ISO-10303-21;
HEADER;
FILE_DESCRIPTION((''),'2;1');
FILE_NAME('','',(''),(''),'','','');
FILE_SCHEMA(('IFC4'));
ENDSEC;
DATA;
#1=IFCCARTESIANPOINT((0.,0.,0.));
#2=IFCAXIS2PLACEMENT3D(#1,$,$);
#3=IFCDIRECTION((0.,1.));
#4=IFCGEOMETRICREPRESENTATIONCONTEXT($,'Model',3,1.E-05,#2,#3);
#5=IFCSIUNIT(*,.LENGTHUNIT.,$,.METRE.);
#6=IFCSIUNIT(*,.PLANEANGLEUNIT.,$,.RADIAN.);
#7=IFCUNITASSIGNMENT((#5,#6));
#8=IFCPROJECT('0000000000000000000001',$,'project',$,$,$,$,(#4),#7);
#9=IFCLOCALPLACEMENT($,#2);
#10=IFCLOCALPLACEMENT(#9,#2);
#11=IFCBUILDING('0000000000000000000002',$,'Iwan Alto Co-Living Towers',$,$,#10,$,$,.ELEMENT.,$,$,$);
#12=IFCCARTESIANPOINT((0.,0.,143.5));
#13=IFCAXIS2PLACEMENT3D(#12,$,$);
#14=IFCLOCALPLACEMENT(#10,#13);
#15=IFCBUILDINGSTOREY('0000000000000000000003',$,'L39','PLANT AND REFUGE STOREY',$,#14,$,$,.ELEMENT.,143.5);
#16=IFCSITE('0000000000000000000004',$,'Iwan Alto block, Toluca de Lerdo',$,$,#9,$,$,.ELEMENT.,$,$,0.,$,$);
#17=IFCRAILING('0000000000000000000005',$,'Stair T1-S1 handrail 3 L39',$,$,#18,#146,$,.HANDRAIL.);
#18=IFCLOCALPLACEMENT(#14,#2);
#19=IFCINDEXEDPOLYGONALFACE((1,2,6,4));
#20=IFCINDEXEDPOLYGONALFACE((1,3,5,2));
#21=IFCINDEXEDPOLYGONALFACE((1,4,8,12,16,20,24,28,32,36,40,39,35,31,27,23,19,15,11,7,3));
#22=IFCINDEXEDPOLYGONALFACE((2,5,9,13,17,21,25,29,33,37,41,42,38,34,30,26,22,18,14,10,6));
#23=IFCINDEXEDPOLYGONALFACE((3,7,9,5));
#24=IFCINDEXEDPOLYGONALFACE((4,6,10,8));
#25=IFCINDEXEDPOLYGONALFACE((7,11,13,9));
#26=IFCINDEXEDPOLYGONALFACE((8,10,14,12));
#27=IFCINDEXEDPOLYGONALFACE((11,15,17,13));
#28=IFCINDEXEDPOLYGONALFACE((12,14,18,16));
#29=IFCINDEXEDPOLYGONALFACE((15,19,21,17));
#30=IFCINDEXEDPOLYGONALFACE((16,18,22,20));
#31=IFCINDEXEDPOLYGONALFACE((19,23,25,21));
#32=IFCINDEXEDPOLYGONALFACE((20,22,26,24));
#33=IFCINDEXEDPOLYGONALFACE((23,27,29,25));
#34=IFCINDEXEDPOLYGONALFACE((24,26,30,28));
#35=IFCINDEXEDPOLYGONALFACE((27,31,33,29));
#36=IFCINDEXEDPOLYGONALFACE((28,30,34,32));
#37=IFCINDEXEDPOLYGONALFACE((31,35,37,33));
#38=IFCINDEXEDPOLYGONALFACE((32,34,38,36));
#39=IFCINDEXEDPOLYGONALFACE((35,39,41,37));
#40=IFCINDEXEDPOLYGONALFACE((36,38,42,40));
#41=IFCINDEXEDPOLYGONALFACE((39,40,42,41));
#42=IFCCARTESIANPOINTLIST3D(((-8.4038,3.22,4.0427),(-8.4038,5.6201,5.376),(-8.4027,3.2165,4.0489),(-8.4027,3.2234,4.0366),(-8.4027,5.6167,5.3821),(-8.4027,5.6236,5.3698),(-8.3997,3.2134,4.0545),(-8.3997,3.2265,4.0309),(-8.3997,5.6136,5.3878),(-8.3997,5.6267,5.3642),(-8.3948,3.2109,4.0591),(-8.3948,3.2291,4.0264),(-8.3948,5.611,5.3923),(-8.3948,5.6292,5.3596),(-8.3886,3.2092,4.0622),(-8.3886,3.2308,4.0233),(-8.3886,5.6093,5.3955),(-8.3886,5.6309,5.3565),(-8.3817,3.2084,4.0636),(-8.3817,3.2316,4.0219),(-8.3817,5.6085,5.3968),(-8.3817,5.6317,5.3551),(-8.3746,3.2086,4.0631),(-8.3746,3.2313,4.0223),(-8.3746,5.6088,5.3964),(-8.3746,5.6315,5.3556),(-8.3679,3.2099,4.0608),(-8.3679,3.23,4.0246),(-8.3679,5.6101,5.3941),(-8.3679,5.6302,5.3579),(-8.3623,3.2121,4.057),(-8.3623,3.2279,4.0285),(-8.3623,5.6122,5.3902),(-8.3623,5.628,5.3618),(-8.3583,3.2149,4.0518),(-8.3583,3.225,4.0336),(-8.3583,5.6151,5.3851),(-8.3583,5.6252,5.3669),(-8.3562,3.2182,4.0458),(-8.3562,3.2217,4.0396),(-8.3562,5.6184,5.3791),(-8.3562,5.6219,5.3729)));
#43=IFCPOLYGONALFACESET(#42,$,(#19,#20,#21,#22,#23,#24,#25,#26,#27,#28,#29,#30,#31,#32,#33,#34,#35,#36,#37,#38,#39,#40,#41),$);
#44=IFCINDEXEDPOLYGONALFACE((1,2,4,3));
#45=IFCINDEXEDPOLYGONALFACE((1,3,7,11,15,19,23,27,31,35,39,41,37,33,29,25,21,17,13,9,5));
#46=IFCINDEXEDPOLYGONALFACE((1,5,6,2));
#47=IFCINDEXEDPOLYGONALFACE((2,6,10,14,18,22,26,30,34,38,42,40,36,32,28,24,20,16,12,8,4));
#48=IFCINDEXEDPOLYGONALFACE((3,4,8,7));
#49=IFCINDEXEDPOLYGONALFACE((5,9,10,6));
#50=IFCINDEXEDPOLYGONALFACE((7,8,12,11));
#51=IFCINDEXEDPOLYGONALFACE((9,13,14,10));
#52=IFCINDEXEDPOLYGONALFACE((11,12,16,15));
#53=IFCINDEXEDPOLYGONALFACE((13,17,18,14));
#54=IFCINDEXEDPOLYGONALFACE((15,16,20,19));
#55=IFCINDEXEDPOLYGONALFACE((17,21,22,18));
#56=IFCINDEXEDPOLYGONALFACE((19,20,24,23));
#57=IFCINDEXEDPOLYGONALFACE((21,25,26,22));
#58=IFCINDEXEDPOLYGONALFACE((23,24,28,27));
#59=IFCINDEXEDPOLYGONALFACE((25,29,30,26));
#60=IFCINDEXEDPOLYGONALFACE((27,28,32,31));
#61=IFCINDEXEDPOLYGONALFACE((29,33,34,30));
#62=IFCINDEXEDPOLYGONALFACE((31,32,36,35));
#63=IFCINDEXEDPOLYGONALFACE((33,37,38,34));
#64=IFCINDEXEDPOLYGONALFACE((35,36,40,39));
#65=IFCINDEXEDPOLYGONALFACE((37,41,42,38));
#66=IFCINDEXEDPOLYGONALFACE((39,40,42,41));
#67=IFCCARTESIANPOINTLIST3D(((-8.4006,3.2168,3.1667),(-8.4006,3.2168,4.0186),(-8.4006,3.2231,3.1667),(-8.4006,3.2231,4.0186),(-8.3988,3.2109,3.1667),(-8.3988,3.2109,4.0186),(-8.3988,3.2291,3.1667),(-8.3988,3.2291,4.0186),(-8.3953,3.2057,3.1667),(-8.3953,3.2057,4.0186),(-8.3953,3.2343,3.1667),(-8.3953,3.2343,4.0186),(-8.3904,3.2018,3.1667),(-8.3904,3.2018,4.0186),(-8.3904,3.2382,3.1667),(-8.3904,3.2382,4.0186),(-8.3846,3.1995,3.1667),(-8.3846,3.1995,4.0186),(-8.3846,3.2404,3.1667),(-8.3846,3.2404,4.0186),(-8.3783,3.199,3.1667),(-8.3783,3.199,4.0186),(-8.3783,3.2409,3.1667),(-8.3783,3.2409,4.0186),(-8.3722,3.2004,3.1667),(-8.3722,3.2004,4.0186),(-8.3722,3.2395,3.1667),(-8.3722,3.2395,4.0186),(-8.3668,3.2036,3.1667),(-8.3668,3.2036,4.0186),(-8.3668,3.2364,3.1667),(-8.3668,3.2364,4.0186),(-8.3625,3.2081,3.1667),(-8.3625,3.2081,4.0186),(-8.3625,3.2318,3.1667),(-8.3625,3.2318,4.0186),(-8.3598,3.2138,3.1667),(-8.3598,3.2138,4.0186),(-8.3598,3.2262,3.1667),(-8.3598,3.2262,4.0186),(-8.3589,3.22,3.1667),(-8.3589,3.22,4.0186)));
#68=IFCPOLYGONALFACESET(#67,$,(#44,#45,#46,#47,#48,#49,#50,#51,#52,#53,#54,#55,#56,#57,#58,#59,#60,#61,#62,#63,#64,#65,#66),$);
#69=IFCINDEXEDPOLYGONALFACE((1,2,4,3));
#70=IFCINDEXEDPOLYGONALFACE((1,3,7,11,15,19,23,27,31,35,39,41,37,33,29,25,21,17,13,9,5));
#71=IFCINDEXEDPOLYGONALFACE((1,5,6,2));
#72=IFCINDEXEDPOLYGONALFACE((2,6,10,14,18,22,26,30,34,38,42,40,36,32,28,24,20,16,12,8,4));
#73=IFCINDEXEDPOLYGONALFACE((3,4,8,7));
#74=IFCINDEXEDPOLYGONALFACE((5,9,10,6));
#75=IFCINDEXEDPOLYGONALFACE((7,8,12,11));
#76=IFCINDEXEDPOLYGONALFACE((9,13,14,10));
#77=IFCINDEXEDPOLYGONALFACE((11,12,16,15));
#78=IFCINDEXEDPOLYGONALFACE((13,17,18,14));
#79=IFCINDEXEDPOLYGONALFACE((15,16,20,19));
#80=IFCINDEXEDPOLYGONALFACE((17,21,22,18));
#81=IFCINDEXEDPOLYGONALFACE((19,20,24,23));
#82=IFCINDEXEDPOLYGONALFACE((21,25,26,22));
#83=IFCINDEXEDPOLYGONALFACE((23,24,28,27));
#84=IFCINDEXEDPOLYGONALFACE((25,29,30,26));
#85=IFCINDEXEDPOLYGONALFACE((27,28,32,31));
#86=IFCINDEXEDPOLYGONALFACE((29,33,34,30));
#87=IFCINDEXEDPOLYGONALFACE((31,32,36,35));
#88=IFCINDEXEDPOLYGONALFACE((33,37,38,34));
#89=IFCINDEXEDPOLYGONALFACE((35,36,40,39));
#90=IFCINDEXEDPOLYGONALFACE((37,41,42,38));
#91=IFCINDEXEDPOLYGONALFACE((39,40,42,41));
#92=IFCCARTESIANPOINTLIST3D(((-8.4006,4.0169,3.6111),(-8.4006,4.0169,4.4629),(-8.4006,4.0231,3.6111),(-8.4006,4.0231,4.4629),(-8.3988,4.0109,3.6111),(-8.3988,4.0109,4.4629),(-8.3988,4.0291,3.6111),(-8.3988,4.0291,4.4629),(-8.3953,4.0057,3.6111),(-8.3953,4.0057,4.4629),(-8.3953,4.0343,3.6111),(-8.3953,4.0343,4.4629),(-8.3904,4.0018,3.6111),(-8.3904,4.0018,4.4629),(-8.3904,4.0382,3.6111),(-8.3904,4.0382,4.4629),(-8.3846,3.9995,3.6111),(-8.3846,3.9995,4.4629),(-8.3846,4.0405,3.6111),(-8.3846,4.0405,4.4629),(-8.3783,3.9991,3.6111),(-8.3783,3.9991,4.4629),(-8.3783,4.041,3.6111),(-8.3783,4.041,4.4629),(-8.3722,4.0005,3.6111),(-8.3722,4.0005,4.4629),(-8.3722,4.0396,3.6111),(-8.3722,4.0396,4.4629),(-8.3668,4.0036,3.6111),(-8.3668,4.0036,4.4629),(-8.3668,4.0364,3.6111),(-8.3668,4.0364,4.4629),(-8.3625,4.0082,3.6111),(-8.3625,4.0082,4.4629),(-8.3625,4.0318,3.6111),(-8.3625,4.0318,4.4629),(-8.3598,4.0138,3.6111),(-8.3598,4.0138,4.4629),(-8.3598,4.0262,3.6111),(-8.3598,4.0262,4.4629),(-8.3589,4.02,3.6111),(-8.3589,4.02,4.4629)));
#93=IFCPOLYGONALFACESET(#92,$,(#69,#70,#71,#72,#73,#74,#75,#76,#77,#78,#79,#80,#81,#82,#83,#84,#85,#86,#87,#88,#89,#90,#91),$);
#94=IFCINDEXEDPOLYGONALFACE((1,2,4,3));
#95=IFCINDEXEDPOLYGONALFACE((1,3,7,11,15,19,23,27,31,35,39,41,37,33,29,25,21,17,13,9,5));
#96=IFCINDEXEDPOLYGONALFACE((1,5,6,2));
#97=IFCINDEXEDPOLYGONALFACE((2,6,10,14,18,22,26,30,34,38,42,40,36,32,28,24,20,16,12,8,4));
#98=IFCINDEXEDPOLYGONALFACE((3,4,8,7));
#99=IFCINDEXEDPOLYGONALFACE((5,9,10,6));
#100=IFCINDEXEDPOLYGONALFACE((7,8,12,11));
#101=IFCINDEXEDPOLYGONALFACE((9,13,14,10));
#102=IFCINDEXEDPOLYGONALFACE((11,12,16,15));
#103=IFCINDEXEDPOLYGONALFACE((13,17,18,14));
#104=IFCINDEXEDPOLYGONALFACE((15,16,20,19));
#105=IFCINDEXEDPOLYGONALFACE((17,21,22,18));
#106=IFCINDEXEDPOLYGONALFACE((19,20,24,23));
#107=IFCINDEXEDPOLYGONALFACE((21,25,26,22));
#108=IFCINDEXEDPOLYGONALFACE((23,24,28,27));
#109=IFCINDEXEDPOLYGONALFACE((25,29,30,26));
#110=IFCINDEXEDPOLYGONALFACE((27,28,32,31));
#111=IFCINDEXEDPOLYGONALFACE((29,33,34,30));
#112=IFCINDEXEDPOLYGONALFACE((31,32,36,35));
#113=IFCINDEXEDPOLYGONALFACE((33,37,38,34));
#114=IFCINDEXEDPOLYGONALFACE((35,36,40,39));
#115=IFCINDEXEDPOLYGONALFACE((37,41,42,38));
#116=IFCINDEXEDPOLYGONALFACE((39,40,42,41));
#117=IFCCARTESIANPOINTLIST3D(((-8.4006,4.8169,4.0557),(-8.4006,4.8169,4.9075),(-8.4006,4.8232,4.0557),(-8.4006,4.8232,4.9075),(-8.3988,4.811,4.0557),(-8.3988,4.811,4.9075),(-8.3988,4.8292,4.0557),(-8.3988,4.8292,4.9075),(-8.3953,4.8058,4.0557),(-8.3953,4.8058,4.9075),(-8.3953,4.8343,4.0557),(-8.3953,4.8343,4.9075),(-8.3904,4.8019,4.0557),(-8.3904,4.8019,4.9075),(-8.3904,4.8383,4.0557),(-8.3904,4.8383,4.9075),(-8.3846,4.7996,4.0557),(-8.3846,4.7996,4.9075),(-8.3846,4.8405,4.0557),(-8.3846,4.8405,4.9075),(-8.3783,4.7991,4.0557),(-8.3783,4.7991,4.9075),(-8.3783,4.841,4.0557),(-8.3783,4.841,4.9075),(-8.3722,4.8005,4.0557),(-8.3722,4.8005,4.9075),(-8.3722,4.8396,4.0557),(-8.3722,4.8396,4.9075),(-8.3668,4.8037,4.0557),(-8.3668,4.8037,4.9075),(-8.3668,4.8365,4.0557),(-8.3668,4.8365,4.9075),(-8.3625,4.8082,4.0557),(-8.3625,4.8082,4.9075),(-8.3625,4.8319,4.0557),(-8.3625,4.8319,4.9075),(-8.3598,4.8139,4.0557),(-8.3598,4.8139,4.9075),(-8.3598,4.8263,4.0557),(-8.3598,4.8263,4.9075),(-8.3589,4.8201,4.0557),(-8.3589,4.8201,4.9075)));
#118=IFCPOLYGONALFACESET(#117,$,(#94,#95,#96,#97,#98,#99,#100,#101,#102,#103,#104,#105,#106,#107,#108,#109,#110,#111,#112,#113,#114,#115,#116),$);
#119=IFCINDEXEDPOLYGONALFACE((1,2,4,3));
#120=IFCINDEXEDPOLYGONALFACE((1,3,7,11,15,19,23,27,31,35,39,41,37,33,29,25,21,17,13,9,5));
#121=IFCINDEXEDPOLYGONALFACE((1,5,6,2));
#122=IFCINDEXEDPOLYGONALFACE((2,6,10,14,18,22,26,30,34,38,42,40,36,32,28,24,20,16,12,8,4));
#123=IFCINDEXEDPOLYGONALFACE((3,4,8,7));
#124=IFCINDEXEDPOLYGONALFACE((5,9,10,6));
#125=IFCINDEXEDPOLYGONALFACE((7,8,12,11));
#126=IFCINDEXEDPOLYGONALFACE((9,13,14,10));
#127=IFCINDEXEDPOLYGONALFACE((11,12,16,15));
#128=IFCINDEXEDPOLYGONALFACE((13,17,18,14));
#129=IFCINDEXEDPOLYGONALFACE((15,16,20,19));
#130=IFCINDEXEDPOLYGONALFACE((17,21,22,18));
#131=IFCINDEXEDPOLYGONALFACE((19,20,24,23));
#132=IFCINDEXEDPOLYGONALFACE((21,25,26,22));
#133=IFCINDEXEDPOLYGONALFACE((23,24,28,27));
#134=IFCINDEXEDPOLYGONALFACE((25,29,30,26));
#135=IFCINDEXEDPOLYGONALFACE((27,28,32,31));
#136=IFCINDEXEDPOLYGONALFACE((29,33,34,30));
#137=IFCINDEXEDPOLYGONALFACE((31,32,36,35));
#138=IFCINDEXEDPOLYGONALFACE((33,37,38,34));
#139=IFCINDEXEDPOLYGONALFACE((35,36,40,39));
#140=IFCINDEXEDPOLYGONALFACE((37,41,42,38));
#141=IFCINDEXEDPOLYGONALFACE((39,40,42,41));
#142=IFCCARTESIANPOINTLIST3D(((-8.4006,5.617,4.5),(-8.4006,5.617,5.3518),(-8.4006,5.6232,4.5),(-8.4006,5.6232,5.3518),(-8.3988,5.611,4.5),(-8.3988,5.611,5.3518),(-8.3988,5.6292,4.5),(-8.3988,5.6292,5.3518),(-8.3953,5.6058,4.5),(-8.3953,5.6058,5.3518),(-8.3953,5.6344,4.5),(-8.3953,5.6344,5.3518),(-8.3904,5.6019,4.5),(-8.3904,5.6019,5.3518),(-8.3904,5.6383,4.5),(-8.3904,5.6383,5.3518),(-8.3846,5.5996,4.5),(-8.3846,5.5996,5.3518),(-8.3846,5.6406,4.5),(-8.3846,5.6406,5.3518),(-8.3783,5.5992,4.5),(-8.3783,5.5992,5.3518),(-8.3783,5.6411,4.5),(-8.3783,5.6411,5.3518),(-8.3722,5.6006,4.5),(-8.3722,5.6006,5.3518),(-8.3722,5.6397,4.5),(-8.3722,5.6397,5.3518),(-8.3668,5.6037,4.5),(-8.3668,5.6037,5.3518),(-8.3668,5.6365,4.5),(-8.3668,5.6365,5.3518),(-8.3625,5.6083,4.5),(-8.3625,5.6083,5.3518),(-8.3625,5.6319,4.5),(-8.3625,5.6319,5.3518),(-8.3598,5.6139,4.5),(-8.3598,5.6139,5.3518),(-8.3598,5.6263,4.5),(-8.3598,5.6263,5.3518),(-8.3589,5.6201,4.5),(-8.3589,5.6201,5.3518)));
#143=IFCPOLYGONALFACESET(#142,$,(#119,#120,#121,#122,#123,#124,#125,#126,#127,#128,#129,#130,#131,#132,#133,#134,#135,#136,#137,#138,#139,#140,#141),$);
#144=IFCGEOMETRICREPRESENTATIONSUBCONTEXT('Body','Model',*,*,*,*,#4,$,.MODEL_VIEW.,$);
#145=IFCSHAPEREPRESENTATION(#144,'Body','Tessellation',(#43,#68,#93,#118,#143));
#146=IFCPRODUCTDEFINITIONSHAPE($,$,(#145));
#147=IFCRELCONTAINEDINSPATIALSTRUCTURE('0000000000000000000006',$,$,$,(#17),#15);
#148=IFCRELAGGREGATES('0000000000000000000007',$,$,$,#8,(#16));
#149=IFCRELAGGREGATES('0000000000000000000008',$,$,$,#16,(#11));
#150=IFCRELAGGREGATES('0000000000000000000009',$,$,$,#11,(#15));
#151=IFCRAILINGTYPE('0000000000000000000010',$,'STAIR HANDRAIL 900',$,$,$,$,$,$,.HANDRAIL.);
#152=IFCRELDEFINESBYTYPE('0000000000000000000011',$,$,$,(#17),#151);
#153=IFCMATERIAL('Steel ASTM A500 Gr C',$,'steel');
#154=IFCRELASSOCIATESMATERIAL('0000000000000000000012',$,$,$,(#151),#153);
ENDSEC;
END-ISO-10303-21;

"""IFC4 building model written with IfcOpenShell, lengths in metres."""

from ifc_helpers import new_model, si_unit, direction, frame, origin, origin_2d, place, context, subcontext, project, spatial, circle, extrude, material, type_object, element, save


model = new_model("IFC4")

# Units and contexts
model_context = context("Model", 3, precision=1e-05, world=origin(), true_north=direction((0.0, 1.0)))
body_context = subcontext(model_context, "Body", "Model", "MODEL_VIEW")
ifc_project = project(units=[si_unit("LENGTHUNIT", "METRE"), si_unit("PLANEANGLEUNIT", "RADIAN")], contexts=[model_context])

# Site, building, storey
site_placement = place(None, origin())
site = spatial("IfcSite", under=ifc_project, at=site_placement, Name="Iwan Alto block, Toluca de Lerdo", CompositionType="ELEMENT", RefElevation=0.0)
building_placement = place(site_placement, origin())
building = spatial("IfcBuilding", under=site, at=building_placement, Name="Iwan Alto Co-Living Towers", CompositionType="ELEMENT")
storey_placement = place(building_placement, frame((0.0, 0.0, 143.5)))
storey = spatial("IfcBuildingStorey", under=building, at=storey_placement, Name="L39", Description="PLANT AND REFUGE STOREY", CompositionType="ELEMENT", Elevation=143.5)

# Railing
ifc_material_1 = material(Name="Steel ASTM A500 Gr C", Category="steel")
railing_type_1 = type_object("IfcRailingType", Name="STAIR HANDRAIL 900", PredefinedType="HANDRAIL", material=ifc_material_1)
railing_1_placement = place(storey_placement, frame((-8.3799, 3.22, 3.1667)))
element("IfcRailing", 1, at=railing_1_placement, inside=storey, type_object=railing_type_1, Name="Stair T1-S1 handrail 3 L39", PredefinedType="HANDRAIL", context=body_context, shape_type="SweptSolid", body=[
    extrude(circle(Radius=0.0239, at=origin_2d()), frame((0.0, 0.0, 0.876), z_axis=(0.0, 0.874182, 0.485598), x_axis=(-1.0, 0.0, 0.0)), (0.0, 0.0, 1.0), 2.7456),
    extrude(circle(Radius=0.021, at=origin_2d()), origin(), (0.0, 0.0, 1.0), 0.8518),
    extrude(circle(Radius=0.021, at=origin_2d()), frame((0.0, 0.8, 0.4443)), (0.0, 0.0, 1.0), 0.8518),
    extrude(circle(Radius=0.021, at=origin_2d()), frame((0.0, 1.6001, 0.8889)), (0.0, 0.0, 1.0), 0.8518),
    extrude(circle(Radius=0.021, at=origin_2d()), frame((0.0, 2.4001, 1.3333)), (0.0, 0.0, 1.0), 0.8518),
])

save(model, "model.ifc")
